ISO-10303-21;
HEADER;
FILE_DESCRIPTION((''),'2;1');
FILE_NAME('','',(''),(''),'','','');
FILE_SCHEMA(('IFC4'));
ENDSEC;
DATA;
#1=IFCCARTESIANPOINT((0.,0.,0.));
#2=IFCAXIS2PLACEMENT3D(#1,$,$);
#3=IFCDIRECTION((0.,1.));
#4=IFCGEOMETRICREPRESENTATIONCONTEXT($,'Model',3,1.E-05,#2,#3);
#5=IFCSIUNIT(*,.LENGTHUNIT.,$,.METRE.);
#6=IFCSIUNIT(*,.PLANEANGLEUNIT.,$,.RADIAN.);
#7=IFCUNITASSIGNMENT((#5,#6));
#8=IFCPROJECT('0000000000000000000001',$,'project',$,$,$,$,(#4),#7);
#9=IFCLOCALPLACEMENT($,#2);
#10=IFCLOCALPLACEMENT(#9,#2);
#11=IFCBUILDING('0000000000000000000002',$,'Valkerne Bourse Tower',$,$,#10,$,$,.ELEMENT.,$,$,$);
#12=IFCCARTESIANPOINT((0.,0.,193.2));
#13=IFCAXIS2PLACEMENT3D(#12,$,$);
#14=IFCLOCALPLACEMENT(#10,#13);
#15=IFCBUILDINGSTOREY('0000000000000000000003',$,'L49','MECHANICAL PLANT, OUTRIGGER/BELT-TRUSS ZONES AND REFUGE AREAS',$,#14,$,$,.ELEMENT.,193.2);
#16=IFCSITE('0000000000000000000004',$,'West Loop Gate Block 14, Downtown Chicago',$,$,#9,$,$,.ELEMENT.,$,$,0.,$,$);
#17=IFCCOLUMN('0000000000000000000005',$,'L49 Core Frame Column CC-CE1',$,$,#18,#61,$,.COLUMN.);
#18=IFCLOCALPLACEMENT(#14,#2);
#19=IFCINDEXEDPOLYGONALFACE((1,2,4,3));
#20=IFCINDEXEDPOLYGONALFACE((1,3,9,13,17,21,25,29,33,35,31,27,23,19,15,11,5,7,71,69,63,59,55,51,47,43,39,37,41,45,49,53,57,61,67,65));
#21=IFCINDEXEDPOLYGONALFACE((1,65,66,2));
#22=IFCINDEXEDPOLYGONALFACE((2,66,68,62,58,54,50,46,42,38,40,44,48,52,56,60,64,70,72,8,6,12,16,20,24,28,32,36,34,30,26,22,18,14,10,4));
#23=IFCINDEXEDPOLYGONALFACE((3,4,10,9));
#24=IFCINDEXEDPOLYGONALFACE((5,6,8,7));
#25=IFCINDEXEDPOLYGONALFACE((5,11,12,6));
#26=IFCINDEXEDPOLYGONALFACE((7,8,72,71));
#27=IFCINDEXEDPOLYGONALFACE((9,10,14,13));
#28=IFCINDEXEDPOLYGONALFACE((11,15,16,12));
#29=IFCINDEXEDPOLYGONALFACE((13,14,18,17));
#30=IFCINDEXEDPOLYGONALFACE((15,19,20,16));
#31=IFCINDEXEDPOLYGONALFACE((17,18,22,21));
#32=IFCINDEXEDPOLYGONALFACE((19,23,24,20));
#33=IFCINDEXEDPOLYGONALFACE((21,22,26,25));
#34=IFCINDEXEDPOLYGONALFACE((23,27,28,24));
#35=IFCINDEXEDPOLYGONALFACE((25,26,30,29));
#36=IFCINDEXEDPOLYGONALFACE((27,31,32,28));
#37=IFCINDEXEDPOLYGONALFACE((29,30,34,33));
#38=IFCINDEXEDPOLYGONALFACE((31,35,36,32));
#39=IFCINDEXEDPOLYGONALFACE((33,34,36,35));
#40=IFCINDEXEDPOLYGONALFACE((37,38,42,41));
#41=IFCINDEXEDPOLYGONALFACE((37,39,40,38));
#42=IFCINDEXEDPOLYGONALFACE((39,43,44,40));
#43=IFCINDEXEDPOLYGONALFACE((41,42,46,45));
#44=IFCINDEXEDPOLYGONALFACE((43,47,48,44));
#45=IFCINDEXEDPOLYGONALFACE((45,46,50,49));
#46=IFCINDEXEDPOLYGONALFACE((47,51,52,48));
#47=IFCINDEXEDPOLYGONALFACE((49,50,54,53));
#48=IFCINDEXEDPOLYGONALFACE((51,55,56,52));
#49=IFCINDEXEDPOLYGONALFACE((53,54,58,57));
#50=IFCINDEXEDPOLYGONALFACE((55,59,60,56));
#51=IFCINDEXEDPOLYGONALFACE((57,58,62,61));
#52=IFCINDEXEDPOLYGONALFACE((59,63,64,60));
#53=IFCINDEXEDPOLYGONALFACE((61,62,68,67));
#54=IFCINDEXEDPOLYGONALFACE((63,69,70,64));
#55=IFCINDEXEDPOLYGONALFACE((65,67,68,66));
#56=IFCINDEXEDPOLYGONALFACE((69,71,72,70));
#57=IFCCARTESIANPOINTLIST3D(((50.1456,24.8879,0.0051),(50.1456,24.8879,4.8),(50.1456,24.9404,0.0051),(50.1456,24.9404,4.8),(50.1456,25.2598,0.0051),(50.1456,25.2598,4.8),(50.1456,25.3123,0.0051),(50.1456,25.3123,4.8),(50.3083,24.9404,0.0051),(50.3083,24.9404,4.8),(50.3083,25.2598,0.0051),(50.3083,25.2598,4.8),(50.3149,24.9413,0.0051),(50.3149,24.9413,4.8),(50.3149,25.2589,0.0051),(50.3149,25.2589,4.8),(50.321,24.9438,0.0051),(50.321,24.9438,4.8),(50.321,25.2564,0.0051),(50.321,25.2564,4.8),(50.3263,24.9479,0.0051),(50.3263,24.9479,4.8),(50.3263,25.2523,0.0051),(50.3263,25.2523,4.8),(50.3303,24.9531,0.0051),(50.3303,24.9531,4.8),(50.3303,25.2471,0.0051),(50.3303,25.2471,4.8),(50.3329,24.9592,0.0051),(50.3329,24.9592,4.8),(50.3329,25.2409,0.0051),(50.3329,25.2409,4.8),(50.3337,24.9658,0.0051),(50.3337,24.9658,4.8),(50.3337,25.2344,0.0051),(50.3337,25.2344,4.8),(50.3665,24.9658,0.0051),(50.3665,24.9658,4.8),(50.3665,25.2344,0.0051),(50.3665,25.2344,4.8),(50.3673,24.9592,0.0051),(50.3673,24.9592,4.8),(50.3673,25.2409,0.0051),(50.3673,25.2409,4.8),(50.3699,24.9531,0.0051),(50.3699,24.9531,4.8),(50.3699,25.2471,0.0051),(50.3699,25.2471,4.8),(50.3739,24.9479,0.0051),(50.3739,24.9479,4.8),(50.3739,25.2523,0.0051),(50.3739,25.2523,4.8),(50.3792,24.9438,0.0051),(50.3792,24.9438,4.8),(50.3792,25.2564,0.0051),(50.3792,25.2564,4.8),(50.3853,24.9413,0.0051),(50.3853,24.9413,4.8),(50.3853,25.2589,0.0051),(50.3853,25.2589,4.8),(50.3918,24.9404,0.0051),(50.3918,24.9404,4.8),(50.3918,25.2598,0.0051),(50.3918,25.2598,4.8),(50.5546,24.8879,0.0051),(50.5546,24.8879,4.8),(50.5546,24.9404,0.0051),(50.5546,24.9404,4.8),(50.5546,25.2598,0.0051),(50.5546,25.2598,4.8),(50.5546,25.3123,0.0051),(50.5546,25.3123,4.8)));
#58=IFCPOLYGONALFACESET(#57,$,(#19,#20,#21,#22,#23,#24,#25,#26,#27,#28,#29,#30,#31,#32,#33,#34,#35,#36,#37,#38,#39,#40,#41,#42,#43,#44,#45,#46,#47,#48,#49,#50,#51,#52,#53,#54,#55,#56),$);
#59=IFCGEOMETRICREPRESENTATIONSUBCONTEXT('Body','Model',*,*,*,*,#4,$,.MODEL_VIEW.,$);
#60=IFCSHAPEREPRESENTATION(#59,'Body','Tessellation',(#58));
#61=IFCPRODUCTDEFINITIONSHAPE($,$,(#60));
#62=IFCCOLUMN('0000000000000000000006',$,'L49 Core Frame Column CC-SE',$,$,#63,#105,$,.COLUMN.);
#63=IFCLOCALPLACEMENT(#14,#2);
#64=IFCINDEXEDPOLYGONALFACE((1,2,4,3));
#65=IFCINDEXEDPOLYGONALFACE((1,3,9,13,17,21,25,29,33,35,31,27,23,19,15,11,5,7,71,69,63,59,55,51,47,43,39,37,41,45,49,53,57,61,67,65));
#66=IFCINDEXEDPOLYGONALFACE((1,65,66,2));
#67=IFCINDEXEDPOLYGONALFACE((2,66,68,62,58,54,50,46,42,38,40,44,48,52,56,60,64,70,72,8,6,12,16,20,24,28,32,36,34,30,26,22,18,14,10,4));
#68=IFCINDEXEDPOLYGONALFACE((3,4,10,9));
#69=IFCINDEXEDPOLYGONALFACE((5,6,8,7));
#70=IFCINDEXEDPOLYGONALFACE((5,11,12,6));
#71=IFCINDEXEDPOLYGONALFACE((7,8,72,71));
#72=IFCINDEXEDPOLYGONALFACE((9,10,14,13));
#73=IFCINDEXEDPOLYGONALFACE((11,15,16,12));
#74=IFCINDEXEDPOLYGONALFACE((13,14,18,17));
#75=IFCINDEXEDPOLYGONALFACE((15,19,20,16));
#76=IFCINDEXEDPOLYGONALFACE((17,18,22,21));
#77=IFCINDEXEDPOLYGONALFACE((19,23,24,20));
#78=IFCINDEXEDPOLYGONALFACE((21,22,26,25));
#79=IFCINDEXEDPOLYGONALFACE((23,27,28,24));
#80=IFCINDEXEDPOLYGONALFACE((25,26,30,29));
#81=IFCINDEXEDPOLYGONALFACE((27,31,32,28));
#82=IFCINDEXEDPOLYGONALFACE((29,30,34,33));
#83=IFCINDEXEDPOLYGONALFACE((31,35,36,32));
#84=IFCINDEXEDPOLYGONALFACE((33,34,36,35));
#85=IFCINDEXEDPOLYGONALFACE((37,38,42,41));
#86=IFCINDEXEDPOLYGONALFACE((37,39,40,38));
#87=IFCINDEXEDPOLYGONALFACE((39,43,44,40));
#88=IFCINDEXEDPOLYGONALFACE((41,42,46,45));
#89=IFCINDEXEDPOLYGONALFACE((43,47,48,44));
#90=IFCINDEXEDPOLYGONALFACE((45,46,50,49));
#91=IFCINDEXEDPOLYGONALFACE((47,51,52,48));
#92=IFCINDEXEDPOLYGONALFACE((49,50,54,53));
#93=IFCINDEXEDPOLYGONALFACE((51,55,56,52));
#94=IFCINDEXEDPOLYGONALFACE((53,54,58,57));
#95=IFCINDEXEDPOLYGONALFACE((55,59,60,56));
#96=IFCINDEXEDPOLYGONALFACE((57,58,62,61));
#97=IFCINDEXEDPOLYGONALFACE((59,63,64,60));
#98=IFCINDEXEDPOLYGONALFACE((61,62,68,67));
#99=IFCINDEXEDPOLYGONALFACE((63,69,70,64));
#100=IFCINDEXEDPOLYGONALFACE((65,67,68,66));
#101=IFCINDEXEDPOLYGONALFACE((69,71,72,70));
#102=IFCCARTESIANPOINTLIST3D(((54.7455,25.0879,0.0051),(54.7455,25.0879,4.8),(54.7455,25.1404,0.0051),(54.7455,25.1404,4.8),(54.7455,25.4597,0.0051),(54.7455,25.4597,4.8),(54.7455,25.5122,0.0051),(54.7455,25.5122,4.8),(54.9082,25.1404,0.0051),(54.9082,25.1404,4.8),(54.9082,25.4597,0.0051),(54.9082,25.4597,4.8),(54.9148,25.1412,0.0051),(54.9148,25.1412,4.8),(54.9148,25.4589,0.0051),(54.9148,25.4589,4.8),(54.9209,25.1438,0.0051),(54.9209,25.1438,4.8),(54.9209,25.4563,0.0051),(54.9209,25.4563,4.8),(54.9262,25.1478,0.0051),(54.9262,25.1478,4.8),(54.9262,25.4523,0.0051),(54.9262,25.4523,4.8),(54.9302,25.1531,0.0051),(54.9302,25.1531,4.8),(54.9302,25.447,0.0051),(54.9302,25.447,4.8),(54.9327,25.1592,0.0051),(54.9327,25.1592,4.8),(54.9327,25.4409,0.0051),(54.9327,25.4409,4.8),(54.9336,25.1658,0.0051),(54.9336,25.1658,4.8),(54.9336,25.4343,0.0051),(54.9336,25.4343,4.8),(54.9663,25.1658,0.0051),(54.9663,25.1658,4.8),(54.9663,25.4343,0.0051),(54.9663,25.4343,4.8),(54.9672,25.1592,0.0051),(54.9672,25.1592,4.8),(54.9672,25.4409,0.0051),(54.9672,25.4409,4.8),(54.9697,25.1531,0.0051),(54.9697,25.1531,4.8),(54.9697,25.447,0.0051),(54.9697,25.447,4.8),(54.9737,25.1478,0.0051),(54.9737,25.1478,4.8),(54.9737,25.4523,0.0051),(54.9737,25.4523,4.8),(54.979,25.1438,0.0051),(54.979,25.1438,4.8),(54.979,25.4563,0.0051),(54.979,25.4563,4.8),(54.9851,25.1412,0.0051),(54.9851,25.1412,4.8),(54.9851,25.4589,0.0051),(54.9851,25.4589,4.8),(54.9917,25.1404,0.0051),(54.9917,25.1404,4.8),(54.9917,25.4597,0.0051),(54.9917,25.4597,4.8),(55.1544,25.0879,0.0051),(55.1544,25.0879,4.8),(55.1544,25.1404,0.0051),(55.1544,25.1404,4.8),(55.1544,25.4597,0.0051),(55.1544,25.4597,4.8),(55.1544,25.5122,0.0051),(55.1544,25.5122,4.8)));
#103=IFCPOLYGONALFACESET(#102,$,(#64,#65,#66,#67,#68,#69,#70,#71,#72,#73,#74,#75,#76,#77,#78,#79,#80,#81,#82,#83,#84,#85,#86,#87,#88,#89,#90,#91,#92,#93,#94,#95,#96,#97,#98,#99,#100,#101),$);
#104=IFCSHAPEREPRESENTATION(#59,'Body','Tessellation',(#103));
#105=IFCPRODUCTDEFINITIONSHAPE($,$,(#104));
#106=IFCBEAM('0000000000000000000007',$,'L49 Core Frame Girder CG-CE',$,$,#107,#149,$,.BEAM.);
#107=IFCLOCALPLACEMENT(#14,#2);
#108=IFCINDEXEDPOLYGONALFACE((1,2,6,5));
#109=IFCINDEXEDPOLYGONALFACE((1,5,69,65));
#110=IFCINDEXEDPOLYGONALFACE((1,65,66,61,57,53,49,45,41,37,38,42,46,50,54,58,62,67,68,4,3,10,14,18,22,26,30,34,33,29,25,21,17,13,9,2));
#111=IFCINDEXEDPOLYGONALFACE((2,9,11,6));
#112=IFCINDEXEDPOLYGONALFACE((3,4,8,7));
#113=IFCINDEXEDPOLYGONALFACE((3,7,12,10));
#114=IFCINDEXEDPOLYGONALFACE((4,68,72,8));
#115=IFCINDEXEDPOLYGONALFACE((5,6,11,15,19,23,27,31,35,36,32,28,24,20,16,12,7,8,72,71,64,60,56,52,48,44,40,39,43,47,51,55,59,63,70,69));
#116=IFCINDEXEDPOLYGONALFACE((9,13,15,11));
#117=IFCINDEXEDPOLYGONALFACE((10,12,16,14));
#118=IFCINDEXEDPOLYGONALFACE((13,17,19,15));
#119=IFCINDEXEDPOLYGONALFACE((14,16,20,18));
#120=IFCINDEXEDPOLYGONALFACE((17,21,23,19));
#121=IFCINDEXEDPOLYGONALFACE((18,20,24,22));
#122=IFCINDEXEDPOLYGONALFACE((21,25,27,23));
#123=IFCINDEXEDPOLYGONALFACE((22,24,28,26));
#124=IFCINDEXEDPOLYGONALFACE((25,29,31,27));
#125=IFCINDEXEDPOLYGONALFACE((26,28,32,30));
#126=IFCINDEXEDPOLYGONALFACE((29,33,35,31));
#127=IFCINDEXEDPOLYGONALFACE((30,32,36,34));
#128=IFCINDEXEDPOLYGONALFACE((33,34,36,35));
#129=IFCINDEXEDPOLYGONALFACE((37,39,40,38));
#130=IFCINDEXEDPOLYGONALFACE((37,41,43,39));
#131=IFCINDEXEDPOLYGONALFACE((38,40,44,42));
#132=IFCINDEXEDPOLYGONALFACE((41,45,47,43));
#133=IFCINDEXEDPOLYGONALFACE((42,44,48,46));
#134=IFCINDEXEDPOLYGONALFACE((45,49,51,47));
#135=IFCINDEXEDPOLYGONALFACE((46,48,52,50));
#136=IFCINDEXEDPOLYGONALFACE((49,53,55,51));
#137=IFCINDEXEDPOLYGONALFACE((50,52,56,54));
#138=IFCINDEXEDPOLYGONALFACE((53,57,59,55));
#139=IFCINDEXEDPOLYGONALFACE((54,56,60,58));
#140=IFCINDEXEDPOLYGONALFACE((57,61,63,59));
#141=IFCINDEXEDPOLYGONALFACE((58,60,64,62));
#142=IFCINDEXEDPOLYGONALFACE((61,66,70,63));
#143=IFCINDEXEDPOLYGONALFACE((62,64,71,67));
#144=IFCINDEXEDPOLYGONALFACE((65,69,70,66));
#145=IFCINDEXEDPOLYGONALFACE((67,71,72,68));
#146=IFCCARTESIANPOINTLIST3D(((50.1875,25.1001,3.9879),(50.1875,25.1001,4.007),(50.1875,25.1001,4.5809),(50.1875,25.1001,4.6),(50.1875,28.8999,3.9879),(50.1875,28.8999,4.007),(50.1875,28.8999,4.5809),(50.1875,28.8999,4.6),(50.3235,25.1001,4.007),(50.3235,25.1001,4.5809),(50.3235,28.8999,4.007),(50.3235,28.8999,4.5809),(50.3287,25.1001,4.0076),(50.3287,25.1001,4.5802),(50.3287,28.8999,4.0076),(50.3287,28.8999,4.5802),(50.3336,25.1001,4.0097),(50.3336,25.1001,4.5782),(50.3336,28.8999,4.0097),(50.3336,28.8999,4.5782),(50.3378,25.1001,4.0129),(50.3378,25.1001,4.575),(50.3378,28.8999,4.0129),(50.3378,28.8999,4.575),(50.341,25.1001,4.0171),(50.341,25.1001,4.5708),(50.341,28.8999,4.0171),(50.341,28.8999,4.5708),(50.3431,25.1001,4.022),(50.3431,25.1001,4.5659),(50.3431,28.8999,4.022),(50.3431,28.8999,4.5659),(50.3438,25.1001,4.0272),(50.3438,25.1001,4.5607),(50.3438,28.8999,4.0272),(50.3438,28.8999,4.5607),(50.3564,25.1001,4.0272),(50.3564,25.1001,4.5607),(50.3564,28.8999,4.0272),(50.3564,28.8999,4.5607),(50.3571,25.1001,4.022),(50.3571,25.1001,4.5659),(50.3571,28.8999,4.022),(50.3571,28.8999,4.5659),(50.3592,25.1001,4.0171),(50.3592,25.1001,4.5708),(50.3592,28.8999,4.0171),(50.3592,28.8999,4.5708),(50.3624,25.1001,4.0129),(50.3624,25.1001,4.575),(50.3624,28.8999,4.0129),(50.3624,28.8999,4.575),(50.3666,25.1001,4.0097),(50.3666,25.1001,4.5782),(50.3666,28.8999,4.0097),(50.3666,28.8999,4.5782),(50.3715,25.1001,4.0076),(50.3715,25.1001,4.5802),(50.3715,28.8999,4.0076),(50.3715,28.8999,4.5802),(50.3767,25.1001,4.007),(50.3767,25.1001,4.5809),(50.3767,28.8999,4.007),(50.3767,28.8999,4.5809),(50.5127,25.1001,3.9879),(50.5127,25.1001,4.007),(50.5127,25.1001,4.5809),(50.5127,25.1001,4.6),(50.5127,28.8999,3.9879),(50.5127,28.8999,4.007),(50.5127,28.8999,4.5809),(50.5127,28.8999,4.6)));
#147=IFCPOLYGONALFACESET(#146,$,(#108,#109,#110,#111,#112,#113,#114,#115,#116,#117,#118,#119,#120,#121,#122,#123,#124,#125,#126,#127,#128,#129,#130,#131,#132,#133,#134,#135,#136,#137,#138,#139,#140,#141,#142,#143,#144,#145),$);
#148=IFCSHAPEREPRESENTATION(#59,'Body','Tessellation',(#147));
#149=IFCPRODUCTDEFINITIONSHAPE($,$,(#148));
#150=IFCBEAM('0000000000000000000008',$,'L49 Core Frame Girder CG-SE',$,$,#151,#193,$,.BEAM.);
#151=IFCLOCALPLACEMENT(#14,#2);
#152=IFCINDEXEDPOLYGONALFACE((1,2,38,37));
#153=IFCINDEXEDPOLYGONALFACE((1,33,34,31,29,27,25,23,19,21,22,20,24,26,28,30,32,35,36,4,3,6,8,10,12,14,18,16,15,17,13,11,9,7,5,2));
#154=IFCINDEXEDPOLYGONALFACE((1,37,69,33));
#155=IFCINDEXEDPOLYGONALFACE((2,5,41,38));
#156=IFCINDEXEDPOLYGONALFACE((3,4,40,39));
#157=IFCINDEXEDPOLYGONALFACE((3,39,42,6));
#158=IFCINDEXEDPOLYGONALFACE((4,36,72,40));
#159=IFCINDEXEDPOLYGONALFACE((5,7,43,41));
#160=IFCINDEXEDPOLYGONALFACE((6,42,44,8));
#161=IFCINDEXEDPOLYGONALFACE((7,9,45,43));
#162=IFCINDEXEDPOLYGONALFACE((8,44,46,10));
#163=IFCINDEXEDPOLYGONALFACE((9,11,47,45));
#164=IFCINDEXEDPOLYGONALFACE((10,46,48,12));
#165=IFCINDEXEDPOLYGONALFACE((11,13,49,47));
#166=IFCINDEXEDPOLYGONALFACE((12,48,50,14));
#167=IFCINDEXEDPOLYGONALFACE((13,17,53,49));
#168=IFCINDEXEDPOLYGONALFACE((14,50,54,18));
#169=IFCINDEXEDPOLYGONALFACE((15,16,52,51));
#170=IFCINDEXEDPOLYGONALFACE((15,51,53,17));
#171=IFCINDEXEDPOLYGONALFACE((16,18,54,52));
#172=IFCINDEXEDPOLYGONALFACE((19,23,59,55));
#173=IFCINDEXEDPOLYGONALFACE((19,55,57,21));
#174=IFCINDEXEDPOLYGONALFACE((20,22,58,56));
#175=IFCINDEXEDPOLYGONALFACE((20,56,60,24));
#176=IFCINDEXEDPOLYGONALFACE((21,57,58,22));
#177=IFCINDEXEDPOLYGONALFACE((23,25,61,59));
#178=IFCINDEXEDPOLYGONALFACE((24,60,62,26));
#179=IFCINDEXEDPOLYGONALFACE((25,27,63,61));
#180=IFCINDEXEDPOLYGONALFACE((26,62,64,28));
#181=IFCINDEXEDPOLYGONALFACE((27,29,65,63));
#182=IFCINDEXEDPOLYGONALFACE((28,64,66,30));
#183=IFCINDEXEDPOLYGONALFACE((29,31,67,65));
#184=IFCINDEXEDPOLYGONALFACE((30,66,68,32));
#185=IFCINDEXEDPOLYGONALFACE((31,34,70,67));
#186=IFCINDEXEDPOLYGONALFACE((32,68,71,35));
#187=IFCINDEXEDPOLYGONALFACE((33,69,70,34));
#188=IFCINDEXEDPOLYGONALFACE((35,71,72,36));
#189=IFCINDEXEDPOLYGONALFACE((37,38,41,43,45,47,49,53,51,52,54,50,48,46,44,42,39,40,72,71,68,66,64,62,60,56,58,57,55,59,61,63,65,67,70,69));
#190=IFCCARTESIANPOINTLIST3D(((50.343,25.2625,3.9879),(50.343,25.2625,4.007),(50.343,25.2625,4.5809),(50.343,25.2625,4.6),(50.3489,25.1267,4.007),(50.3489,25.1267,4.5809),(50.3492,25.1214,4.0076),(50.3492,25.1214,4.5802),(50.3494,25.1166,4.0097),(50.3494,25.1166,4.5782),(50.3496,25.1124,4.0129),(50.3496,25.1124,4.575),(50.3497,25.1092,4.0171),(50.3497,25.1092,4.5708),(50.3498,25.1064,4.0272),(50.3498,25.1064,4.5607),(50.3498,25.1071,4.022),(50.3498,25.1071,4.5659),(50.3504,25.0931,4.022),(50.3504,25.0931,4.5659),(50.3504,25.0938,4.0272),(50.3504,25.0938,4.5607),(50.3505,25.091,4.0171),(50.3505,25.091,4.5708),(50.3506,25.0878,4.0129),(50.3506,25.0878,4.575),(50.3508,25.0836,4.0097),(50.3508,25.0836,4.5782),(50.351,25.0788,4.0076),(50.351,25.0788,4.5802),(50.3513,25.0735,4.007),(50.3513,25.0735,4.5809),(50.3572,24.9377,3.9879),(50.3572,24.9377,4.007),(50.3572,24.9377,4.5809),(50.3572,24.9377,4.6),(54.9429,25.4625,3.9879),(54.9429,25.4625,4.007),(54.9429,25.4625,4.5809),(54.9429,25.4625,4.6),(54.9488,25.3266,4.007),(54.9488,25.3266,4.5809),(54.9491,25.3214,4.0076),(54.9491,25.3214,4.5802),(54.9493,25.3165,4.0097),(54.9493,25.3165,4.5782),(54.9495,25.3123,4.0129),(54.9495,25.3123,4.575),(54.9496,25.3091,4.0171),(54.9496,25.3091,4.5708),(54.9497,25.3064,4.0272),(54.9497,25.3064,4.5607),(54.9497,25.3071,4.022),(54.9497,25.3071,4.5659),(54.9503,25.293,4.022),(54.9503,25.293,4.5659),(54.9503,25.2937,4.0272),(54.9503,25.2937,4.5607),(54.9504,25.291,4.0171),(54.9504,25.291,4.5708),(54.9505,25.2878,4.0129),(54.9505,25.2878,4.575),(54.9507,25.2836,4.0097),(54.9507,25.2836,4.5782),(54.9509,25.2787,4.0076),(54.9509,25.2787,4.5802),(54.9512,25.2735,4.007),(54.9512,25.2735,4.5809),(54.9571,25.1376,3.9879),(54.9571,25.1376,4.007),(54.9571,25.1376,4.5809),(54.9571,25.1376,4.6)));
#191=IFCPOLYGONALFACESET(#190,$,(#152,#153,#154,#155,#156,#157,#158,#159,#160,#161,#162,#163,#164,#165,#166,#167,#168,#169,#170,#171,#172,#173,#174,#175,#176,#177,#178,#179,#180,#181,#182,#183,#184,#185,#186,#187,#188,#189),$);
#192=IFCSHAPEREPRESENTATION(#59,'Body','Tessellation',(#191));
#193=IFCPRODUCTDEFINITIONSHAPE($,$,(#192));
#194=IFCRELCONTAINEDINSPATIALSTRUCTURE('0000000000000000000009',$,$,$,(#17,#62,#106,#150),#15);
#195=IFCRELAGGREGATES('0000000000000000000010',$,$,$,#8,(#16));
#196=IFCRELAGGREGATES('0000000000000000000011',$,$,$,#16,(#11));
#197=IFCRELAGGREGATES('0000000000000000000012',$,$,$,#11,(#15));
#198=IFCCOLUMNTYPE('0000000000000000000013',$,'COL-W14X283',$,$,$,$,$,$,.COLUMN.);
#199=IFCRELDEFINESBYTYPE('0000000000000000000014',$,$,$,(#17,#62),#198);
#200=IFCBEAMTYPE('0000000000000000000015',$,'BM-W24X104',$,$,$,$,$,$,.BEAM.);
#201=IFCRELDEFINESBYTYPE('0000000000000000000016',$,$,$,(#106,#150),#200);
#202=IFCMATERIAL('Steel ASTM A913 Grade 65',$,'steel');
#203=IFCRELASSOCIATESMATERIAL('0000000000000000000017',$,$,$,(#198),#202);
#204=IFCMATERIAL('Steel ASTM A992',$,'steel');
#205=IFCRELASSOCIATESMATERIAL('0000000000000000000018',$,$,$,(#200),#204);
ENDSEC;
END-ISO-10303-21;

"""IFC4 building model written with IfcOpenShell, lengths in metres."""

from ifc_helpers import new_model, si_unit, direction, frame, origin, origin_2d, place, context, subcontext, project, spatial, i_section, extrude, material, material_profile, profile_set, type_object, element, save


model = new_model("IFC4")

# Units and contexts
model_context = context("Model", 3, precision=1e-05, world=origin(), true_north=direction((0.0, 1.0)))
body_context = subcontext(model_context, "Body", "Model", "MODEL_VIEW")
ifc_project = project(units=[si_unit("LENGTHUNIT", "METRE"), si_unit("PLANEANGLEUNIT", "RADIAN")], contexts=[model_context])

# Site, building, storey
site_placement = place(None, origin())
site = spatial("IfcSite", under=ifc_project, at=site_placement, Name="West Loop Gate Block 14, Downtown Chicago", CompositionType="ELEMENT", RefElevation=0.0)
building_placement = place(site_placement, origin())
building = spatial("IfcBuilding", under=site, at=building_placement, Name="Valkerne Bourse Tower", CompositionType="ELEMENT")
storey_placement = place(building_placement, frame((0.0, 0.0, 193.2)))
storey = spatial("IfcBuildingStorey", under=building, at=storey_placement, Name="L49", Description="MECHANICAL PLANT, OUTRIGGER/BELT-TRUSS ZONES AND REFUGE AREAS", CompositionType="ELEMENT", Elevation=193.2)

# Columns
ifc_material_1 = material(Name="Steel ASTM A913 Grade 65", Category="steel")
ifc_material_profile_1 = material_profile(ifc_material_1, i_section(OverallWidth=0.4089, OverallDepth=0.4243, WebThickness=0.0327, FlangeThickness=0.0525, FilletRadius=0.0254, at=origin_2d()), Name="W14X283")
ifc_profile_set_1 = profile_set([ifc_material_profile_1], Name="Steel ASTM A913 Grade 65")
column_type = type_object("IfcColumnType", Name="COL-W14X283", PredefinedType="COLUMN", material=ifc_profile_set_1)
for number, where, z_axis, x_axis, name in (
    (1, (50.3501, 25.1001, 0.0051), (0.0, 0.0, 1.0), (1.0, 0.0, 0.0), "L49 Core Frame Column CC-CE1"),
    (2, (54.95, 25.3, 0.0051), (0.0, 0.0, 1.0), (1.0, 0.0, 0.0), "L49 Core Frame Column CC-SE"),
):
    element("IfcColumn", number, at=place(storey_placement, frame(where, z_axis=z_axis, x_axis=x_axis)), inside=storey, type_object=column_type, Name=name, PredefinedType="COLUMN", context=body_context, shape_type="SweptSolid", body=[
        extrude(i_section(OverallWidth=0.4089, OverallDepth=0.4243, WebThickness=0.0327, FlangeThickness=0.0525, FilletRadius=0.0254, at=origin_2d()), origin(), (0.0, 0.0, 1.0), 4.7949),
    ])

# Beams
ifc_material_2 = material(Name="Steel ASTM A992", Category="steel")
ifc_material_profile_2 = material_profile(ifc_material_2, i_section(OverallWidth=0.3252, OverallDepth=0.6121, WebThickness=0.0127, FlangeThickness=0.019, FilletRadius=0.0203, at=origin_2d()), Name="W24X104")
ifc_profile_set_2 = profile_set([ifc_material_profile_2], Name="Steel ASTM A992")
beam_type = type_object("IfcBeamType", Name="BM-W24X104", PredefinedType="BEAM", material=ifc_profile_set_2)
beam_1_placement = place(storey_placement, frame((50.3501, 25.1001, 4.2939), z_axis=(0.0, 1.0, 0.0), x_axis=(-1.0, 0.0, 0.0)))
element("IfcBeam", 3, at=beam_1_placement, inside=storey, type_object=beam_type, Name="L49 Core Frame Girder CG-CE", PredefinedType="BEAM", context=body_context, shape_type="SweptSolid", body=[
    extrude(i_section(OverallWidth=0.3252, OverallDepth=0.6121, WebThickness=0.0127, FlangeThickness=0.019, FilletRadius=0.0203, at=origin_2d()), origin(), (0.0, 0.0, 1.0), 3.7998),
])
beam_2_placement = place(storey_placement, frame((50.3501, 25.1001, 4.2939), z_axis=(0.999057, 0.043428, 0.0), x_axis=(-0.043428, 0.999057, 0.0)))
element("IfcBeam", 4, at=beam_2_placement, inside=storey, type_object=beam_type, Name="L49 Core Frame Girder CG-SE", PredefinedType="BEAM", context=body_context, shape_type="SweptSolid", body=[
    extrude(i_section(OverallWidth=0.3252, OverallDepth=0.6121, WebThickness=0.0127, FlangeThickness=0.019, FilletRadius=0.0203, at=origin_2d()), origin(), (0.0, 0.0, 1.0), 4.6042),
])

save(model, "model.ifc")
